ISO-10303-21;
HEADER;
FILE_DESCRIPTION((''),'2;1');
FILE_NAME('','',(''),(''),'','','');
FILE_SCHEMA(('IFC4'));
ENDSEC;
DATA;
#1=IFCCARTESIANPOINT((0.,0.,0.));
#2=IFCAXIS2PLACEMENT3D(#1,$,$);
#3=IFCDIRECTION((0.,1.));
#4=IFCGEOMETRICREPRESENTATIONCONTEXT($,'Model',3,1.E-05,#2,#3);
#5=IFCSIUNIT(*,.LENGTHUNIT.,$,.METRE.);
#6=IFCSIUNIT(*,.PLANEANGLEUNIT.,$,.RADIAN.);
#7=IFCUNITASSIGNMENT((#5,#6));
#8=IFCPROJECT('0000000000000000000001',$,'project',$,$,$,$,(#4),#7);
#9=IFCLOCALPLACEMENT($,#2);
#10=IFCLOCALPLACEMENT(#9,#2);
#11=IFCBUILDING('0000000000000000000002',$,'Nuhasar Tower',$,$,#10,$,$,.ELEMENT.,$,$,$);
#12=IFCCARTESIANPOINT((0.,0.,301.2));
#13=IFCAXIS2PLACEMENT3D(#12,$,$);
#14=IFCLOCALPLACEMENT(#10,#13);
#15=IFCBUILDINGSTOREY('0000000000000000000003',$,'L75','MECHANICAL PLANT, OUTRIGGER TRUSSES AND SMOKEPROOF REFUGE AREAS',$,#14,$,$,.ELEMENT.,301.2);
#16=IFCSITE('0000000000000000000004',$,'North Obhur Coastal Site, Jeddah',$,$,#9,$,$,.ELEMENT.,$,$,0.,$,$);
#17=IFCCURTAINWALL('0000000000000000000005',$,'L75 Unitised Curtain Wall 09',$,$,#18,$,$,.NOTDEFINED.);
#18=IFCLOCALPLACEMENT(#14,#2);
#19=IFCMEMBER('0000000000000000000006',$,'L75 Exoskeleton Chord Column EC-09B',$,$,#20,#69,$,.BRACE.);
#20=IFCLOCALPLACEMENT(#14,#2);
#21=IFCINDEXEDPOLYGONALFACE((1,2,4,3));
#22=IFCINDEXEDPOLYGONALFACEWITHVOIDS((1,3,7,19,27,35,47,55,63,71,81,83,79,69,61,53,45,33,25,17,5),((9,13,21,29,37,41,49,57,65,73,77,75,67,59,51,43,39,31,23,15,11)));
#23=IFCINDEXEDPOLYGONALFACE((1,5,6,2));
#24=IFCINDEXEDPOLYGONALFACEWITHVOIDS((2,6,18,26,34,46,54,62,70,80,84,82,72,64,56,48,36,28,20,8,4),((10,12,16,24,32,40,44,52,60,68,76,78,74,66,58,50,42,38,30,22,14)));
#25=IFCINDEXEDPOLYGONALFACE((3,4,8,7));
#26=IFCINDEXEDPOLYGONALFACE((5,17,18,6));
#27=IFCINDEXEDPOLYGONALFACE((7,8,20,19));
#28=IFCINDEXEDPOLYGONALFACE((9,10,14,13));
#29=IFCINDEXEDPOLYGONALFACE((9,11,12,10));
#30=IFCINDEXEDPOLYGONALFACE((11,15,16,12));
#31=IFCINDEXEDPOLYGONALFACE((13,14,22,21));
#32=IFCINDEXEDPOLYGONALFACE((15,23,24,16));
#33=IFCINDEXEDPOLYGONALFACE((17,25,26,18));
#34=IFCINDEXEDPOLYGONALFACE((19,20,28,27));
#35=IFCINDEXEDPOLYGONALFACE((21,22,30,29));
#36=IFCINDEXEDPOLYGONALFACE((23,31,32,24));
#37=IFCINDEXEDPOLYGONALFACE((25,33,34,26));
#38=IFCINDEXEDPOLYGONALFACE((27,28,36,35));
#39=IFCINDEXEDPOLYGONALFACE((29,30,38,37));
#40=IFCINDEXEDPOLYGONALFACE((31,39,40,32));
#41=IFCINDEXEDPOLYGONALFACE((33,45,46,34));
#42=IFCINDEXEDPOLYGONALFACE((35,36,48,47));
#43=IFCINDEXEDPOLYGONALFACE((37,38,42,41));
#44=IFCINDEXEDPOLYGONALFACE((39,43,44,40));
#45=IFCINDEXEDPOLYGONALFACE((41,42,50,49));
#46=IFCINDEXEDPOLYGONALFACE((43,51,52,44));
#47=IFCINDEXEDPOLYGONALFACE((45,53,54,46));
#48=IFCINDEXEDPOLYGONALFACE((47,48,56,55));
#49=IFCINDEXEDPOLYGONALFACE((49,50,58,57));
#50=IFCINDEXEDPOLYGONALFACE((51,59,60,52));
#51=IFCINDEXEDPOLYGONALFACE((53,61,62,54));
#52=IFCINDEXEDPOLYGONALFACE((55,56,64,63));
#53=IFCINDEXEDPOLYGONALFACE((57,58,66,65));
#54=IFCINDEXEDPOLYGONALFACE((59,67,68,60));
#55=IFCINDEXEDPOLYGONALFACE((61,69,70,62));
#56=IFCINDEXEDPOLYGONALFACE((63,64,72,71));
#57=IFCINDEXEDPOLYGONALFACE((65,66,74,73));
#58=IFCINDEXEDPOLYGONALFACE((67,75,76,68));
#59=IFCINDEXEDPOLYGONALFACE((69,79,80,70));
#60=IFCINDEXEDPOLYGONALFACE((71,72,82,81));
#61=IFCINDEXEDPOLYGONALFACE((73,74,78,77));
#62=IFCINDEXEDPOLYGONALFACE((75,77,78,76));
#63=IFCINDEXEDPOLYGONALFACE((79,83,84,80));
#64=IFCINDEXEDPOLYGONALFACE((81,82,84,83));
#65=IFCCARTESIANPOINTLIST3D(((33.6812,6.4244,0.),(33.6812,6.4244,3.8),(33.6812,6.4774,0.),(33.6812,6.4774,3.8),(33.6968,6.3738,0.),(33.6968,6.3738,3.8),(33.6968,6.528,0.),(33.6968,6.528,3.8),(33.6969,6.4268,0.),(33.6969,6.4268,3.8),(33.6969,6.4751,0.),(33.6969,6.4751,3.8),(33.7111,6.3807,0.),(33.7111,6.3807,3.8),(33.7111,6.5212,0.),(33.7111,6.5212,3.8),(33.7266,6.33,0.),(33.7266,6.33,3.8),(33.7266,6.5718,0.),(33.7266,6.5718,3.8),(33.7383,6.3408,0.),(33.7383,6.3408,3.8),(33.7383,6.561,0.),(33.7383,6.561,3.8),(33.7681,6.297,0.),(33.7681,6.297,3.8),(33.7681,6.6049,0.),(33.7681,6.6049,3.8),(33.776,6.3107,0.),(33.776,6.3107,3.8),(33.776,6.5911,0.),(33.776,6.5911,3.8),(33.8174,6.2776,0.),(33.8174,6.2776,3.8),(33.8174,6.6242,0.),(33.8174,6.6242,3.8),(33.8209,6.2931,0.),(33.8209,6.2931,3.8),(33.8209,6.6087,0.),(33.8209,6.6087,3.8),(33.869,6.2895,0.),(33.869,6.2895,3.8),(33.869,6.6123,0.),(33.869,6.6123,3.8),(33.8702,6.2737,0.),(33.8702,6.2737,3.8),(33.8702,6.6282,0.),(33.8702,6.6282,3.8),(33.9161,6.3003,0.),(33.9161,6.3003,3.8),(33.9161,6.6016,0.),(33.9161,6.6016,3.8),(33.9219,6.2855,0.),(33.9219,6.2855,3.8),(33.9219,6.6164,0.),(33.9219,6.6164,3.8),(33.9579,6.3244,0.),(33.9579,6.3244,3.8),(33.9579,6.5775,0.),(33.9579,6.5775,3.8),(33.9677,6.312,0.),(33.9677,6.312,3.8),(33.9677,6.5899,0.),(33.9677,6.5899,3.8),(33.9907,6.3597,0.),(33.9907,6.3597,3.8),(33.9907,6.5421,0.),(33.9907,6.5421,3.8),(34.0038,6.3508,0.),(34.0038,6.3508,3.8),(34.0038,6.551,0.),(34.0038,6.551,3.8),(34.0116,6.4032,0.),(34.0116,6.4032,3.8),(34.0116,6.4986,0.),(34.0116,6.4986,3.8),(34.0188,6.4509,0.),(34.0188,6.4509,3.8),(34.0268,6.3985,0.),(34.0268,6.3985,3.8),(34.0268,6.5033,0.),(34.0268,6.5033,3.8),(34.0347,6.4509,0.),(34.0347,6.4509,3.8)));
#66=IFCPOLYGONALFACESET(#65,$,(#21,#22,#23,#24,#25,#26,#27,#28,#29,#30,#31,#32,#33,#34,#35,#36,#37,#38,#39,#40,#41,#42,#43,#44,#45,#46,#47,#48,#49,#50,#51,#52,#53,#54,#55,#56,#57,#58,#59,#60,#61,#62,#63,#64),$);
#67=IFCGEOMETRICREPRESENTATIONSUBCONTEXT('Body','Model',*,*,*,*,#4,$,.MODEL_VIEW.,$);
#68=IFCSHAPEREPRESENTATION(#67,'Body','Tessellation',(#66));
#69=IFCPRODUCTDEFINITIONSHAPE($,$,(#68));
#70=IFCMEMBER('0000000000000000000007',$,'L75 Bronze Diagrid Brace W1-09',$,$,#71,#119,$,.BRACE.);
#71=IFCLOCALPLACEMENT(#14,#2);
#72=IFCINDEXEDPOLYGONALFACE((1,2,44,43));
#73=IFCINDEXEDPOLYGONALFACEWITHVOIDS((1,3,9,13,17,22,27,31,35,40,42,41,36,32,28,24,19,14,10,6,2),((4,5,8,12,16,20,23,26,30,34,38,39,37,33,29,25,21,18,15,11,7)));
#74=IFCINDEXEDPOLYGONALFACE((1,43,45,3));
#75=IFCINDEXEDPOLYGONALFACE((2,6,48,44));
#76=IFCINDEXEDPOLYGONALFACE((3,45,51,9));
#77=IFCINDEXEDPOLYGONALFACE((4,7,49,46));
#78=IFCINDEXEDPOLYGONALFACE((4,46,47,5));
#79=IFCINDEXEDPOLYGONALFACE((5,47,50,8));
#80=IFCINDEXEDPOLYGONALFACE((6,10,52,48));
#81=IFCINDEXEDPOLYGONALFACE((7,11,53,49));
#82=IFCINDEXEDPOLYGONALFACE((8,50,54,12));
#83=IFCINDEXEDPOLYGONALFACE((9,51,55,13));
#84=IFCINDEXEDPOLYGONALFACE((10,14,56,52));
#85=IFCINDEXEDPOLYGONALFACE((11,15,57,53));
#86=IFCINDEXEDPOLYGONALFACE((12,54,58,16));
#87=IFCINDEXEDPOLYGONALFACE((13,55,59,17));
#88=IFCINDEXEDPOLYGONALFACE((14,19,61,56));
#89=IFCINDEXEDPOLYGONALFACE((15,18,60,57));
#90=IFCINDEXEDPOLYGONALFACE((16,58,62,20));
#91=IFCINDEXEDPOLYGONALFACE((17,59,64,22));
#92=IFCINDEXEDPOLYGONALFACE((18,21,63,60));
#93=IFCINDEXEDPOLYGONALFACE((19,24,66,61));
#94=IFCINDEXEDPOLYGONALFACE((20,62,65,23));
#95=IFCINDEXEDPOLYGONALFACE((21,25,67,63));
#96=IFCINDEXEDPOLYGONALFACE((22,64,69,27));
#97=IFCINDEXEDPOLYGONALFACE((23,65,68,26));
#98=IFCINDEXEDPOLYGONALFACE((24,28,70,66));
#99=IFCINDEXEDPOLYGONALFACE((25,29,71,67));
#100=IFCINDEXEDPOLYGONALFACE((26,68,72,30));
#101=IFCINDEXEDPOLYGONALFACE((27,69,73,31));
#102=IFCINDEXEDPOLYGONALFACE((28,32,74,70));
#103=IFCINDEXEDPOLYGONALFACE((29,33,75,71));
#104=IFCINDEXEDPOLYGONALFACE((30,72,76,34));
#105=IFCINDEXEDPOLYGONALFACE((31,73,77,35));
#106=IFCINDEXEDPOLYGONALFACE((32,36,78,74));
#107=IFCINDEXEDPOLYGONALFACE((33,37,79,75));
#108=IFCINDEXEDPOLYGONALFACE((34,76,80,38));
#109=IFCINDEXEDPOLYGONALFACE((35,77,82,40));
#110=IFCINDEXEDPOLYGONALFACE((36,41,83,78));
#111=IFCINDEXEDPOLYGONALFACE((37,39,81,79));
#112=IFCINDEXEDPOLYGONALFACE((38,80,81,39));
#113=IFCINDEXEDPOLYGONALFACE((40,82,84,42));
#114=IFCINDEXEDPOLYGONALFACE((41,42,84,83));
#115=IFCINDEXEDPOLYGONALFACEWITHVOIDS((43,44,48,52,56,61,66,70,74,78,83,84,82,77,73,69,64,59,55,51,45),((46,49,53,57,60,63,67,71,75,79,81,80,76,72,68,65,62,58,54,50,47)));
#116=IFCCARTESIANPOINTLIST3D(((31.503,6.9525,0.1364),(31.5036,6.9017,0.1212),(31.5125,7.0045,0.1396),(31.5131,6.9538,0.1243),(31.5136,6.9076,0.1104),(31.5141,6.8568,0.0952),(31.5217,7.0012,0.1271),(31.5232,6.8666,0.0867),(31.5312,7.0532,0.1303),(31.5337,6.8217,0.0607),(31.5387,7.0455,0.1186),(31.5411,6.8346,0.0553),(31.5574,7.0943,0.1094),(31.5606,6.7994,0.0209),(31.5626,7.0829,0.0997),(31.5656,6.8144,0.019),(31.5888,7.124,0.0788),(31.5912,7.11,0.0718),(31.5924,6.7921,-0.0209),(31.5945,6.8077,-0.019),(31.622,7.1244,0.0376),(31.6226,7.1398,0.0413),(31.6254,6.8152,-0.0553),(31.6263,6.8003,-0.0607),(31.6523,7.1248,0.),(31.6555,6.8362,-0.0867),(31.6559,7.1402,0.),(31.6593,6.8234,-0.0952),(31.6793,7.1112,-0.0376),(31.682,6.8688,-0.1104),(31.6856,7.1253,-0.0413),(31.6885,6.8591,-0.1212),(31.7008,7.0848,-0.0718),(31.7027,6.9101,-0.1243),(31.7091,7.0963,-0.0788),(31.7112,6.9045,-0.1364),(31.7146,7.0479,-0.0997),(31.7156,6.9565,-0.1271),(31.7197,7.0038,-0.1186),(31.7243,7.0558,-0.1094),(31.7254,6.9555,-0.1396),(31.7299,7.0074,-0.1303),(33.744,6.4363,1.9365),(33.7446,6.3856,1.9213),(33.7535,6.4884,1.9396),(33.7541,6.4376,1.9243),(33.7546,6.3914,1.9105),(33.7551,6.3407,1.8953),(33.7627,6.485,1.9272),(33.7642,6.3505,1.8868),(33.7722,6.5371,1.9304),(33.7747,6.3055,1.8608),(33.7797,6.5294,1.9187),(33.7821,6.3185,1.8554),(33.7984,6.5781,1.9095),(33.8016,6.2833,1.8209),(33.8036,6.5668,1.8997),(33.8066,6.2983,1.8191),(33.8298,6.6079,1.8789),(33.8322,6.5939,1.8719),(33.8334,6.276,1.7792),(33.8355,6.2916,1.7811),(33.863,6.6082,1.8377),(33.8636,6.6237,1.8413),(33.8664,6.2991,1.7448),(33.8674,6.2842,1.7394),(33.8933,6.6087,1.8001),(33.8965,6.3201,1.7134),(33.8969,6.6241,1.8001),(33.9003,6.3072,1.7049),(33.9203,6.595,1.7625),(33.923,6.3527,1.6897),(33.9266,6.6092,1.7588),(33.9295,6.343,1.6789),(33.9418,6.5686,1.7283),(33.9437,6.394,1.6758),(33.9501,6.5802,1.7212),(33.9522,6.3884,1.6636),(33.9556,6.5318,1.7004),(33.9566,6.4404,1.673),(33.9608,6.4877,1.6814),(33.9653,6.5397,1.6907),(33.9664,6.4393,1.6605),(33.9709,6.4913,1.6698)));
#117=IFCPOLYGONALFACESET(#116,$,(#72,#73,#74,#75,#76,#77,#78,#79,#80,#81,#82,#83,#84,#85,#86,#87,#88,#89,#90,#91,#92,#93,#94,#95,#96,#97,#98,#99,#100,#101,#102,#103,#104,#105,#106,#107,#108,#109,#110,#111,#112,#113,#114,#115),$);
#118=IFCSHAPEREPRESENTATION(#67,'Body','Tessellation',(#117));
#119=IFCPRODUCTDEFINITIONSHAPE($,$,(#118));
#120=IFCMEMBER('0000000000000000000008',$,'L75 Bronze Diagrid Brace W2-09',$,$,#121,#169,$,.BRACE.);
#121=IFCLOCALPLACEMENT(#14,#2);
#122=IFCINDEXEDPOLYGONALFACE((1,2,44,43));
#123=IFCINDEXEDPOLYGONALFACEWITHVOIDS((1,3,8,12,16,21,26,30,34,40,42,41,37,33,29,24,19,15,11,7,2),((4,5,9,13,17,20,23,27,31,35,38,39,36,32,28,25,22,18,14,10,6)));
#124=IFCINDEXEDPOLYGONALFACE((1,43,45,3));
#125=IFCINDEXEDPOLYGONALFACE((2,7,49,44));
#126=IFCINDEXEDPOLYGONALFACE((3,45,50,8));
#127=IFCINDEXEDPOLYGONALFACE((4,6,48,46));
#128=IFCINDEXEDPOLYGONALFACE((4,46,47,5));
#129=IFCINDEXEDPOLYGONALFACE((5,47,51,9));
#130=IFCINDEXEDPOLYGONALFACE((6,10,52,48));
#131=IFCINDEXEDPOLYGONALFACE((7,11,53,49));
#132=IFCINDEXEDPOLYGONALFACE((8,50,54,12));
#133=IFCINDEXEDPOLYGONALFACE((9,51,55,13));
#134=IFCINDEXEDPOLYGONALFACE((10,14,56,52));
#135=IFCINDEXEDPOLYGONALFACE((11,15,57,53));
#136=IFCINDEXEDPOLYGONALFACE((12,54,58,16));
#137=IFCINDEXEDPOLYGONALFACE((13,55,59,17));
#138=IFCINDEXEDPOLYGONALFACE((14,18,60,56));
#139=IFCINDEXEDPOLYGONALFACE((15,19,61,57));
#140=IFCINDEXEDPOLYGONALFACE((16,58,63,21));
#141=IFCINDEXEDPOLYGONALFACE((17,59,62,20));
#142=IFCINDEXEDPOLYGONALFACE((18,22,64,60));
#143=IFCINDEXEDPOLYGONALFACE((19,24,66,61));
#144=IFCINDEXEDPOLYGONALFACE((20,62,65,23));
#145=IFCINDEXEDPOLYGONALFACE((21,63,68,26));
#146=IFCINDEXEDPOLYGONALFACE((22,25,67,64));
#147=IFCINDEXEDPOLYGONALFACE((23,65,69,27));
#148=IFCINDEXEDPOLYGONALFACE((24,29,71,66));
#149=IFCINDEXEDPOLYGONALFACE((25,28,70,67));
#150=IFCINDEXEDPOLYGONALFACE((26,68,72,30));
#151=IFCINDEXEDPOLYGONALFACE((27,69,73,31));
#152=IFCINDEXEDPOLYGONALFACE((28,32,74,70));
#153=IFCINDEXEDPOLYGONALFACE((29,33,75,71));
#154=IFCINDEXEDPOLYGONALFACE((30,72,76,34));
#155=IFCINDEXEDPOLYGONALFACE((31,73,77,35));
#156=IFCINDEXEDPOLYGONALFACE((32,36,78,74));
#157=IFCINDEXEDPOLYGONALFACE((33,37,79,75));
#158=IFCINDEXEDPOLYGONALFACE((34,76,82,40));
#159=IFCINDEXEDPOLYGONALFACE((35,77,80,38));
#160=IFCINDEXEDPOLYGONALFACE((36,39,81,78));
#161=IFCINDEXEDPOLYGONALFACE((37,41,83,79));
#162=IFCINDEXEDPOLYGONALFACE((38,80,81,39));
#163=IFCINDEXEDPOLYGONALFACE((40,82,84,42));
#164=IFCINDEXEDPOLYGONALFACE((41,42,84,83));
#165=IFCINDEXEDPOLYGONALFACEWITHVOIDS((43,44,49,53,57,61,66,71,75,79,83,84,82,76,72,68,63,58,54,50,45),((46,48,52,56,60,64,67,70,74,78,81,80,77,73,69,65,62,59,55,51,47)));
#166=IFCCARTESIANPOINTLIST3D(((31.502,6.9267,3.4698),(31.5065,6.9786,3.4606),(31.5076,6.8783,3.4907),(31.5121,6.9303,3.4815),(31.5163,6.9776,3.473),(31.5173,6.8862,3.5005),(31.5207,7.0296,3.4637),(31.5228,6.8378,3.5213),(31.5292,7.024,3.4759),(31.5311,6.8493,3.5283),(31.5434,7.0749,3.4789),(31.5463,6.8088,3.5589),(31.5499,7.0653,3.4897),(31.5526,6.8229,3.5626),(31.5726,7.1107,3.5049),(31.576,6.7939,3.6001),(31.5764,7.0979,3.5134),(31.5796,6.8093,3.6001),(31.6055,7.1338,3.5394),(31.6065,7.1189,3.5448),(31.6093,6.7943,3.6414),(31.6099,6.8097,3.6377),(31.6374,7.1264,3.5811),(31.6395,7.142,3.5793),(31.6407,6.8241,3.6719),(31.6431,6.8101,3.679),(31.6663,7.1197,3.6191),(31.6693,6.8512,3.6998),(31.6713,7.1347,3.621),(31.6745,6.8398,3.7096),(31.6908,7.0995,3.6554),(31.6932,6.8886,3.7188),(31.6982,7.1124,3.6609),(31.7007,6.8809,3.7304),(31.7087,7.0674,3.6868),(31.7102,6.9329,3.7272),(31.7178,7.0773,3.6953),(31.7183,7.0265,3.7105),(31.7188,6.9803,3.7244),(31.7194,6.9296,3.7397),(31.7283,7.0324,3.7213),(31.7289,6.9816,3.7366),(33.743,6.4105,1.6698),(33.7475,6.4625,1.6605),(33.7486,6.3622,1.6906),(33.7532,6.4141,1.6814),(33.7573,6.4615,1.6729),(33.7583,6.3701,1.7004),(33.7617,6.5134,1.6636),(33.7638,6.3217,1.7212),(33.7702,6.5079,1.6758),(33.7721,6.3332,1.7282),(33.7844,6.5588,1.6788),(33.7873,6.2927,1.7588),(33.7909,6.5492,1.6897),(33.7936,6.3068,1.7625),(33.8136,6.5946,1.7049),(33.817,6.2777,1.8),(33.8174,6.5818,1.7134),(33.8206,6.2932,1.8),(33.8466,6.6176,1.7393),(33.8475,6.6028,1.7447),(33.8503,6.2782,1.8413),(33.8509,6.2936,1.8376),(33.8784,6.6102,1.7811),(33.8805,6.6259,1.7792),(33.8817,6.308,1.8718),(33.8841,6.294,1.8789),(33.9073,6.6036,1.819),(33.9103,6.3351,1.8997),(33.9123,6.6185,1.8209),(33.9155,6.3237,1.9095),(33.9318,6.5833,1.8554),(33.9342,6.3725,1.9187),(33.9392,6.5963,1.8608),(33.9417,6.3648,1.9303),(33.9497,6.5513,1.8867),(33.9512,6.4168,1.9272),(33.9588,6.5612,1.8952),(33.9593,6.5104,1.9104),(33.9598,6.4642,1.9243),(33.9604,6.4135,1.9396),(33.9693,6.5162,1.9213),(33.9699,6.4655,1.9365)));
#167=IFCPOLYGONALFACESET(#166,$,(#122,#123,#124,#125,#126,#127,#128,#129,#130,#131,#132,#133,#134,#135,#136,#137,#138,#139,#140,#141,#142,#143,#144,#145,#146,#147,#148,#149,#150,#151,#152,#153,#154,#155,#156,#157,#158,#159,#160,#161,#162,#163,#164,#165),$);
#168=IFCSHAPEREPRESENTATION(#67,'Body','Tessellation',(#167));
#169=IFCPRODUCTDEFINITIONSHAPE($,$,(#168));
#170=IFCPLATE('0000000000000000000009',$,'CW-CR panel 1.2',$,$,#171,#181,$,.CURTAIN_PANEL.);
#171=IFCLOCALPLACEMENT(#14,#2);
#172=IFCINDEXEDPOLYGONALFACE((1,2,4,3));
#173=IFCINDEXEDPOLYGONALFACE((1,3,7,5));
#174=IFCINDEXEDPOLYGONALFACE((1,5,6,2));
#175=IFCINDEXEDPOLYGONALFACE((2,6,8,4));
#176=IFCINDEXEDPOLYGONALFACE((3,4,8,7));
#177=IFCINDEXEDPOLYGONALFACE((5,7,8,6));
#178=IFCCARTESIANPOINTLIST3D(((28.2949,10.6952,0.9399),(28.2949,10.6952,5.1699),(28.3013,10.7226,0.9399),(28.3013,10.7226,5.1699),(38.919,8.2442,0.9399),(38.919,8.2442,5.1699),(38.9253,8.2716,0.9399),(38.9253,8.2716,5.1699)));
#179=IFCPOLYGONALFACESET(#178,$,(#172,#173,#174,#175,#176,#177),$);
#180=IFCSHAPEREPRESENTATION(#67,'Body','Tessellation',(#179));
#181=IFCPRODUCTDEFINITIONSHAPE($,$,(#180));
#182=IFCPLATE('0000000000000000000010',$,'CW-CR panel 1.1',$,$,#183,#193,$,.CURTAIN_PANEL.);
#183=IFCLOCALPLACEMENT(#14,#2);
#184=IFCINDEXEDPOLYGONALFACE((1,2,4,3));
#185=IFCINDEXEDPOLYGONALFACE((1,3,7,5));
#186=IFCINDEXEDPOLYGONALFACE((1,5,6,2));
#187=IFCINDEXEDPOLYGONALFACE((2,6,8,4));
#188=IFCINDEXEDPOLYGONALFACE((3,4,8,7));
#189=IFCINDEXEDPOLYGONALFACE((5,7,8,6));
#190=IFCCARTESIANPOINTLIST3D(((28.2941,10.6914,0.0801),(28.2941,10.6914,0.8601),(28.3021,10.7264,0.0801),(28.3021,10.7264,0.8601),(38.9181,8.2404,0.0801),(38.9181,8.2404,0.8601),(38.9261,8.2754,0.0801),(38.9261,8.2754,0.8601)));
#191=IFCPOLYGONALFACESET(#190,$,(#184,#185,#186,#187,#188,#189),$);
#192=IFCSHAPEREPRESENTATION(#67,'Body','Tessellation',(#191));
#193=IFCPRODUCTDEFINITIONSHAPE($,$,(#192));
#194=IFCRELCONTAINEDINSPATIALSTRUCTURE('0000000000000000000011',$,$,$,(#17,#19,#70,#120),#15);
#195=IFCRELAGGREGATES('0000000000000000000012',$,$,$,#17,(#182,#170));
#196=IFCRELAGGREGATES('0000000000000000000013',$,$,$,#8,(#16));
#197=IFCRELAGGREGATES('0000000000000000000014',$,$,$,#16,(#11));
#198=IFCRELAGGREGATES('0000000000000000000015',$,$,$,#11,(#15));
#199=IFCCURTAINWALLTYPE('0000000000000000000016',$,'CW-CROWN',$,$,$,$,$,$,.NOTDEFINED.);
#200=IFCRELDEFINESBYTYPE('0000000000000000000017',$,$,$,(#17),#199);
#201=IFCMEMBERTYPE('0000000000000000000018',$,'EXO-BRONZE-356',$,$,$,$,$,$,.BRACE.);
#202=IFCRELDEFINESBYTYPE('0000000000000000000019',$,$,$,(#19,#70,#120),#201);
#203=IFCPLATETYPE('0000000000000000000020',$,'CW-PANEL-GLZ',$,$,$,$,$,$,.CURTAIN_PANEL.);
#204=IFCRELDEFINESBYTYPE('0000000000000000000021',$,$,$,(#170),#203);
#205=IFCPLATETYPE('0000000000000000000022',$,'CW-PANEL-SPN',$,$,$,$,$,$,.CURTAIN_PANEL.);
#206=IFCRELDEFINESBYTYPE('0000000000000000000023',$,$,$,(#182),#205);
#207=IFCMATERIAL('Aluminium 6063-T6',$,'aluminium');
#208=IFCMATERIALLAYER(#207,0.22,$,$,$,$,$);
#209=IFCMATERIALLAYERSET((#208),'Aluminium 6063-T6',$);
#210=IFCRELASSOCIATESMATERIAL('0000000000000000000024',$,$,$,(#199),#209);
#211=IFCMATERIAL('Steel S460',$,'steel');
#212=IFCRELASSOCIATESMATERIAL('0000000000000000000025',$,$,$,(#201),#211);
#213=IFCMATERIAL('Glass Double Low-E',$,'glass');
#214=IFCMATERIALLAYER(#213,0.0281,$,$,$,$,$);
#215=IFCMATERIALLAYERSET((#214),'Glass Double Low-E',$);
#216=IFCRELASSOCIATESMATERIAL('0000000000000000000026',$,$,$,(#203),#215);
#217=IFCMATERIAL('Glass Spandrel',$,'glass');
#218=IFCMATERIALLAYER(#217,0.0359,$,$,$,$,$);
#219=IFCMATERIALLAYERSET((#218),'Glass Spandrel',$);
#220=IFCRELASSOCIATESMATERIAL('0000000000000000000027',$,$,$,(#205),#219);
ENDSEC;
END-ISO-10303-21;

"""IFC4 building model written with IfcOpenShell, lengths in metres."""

from ifc_helpers import new_model, si_unit, direction, frame, origin, origin_2d, place, context, subcontext, project, spatial, rectangle, hollow_circle, extrude, material, layer, layer_set, material_profile, profile_set, type_object, element, aggregate, save


model = new_model("IFC4")

# Units and contexts
model_context = context("Model", 3, precision=1e-05, world=origin(), true_north=direction((0.0, 1.0)))
body_context = subcontext(model_context, "Body", "Model", "MODEL_VIEW")
ifc_project = project(units=[si_unit("LENGTHUNIT", "METRE"), si_unit("PLANEANGLEUNIT", "RADIAN")], contexts=[model_context])

# Site, building, storey
site_placement = place(None, origin())
site = spatial("IfcSite", under=ifc_project, at=site_placement, Name="North Obhur Coastal Site, Jeddah", CompositionType="ELEMENT", RefElevation=0.0)
building_placement = place(site_placement, origin())
building = spatial("IfcBuilding", under=site, at=building_placement, Name="Nuhasar Tower", CompositionType="ELEMENT")
storey_placement = place(building_placement, frame((0.0, 0.0, 301.2)))
storey = spatial("IfcBuildingStorey", under=building, at=storey_placement, Name="L75", Description="MECHANICAL PLANT, OUTRIGGER TRUSSES AND SMOKEPROOF REFUGE AREAS", CompositionType="ELEMENT", Elevation=301.2)

# Shared definitions
ifc_material_1 = material(Name="Steel S460", Category="steel")

# Curtain wall
ifc_material_2 = material(Name="Aluminium 6063-T6", Category="aluminium")
ifc_layer_1 = layer(ifc_material_2, 0.22)
ifc_layer_set_1 = layer_set([ifc_layer_1], Name="Aluminium 6063-T6")
curtain_wall_type = type_object("IfcCurtainWallType", Name="CW-CROWN", PredefinedType="NOTDEFINED", material=ifc_layer_set_1)
curtain_wall_placement = place(storey_placement, origin())
curtain_wall = element("IfcCurtainWall", 1, at=curtain_wall_placement, inside=storey, type_object=curtain_wall_type, Name="L75 Unitised Curtain Wall 09", PredefinedType="NOTDEFINED")

# Members
ifc_material_profile_1 = material_profile(ifc_material_1, hollow_circle(Radius=0.1777, WallThickness=0.0159, at=origin_2d()), Name="HSS355.6X15.9")
ifc_profile_set_1 = profile_set([ifc_material_profile_1], Name="Steel S460")
member_type_1 = type_object("IfcMemberType", Name="EXO-BRONZE-356", PredefinedType="BRACE", material=ifc_profile_set_1)
for number, where, z_axis, x_axis, name in (
    (2, (33.8569, 6.4509, 0.0), (0.0, 0.0, 1.0), (1.0, 0.0, 0.0), "L75 Exoskeleton Chord Column EC-09B"),
):
    element("IfcMember", number, at=place(storey_placement, frame(where, z_axis=z_axis, x_axis=x_axis)), inside=storey, type_object=member_type_1, Name=name, PredefinedType="BRACE", context=body_context, shape_type="SweptSolid", body=[
        extrude(hollow_circle(Radius=0.1777, WallThickness=0.0159, at=origin_2d()), origin(), (0.0, 0.0, 1.0), 3.8),
    ])
for number, where, z_axis, x_axis, name in (
    (3, (31.616, 6.967, 0.0), (0.767361, -0.17673, 0.61638), (0.224433, 0.97449, 0.0), "L75 Bronze Diagrid Brace W1-09"),
    (4, (33.8569, 6.4509, 1.8), (-0.767361, 0.17673, 0.61638), (-0.224433, -0.97449, 0.0), "L75 Bronze Diagrid Brace W2-09"),
):
    element("IfcMember", number, at=place(storey_placement, frame(where, z_axis=z_axis, x_axis=x_axis)), inside=storey, type_object=member_type_1, Name=name, PredefinedType="BRACE", context=body_context, shape_type="SweptSolid", body=[
        extrude(hollow_circle(Radius=0.1777, WallThickness=0.0159, at=origin_2d()), origin(), (0.0, 0.0, 1.0), 2.9204),
    ])

# Plates
ifc_material_3 = material(Name="Glass Double Low-E", Category="glass")
ifc_layer_2 = layer(ifc_material_3, 0.0281)
ifc_layer_set_2 = layer_set([ifc_layer_2], Name="Glass Double Low-E")
plate_type_1 = type_object("IfcPlateType", Name="CW-PANEL-GLZ", PredefinedType="CURTAIN_PANEL", material=ifc_layer_set_2)
plate_1_placement = place(storey_placement, frame((33.6101, 9.4834, 0.9399), z_axis=(0.0, 0.0, 1.0), x_axis=(0.974405, -0.2248, 0.0)))
plate_1 = element("IfcPlate", 5, at=plate_1_placement, type_object=plate_type_1, Name="CW-CR panel 1.2", PredefinedType="CURTAIN_PANEL", context=body_context, shape_type="SweptSolid", body=[
    extrude(rectangle(XDim=10.9031, YDim=0.0281, at=origin_2d()), origin(), (0.0, 0.0, 1.0), 4.23),
])
ifc_material_4 = material(Name="Glass Spandrel", Category="glass")
ifc_layer_3 = layer(ifc_material_4, 0.0359)
ifc_layer_set_3 = layer_set([ifc_layer_3], Name="Glass Spandrel")
plate_type_2 = type_object("IfcPlateType", Name="CW-PANEL-SPN", PredefinedType="CURTAIN_PANEL", material=ifc_layer_set_3)
plate_2_placement = place(storey_placement, frame((33.6101, 9.4834, 0.0801), z_axis=(0.0, 0.0, 1.0), x_axis=(0.974405, -0.2248, 0.0)))
plate_2 = element("IfcPlate", 6, at=plate_2_placement, type_object=plate_type_2, Name="CW-CR panel 1.1", PredefinedType="CURTAIN_PANEL", context=body_context, shape_type="SweptSolid", body=[
    extrude(rectangle(XDim=10.9031, YDim=0.0359, at=origin_2d()), origin(), (0.0, 0.0, 1.0), 0.78),
])
aggregate(curtain_wall, [plate_2, plate_1])

save(model, "model.ifc")
